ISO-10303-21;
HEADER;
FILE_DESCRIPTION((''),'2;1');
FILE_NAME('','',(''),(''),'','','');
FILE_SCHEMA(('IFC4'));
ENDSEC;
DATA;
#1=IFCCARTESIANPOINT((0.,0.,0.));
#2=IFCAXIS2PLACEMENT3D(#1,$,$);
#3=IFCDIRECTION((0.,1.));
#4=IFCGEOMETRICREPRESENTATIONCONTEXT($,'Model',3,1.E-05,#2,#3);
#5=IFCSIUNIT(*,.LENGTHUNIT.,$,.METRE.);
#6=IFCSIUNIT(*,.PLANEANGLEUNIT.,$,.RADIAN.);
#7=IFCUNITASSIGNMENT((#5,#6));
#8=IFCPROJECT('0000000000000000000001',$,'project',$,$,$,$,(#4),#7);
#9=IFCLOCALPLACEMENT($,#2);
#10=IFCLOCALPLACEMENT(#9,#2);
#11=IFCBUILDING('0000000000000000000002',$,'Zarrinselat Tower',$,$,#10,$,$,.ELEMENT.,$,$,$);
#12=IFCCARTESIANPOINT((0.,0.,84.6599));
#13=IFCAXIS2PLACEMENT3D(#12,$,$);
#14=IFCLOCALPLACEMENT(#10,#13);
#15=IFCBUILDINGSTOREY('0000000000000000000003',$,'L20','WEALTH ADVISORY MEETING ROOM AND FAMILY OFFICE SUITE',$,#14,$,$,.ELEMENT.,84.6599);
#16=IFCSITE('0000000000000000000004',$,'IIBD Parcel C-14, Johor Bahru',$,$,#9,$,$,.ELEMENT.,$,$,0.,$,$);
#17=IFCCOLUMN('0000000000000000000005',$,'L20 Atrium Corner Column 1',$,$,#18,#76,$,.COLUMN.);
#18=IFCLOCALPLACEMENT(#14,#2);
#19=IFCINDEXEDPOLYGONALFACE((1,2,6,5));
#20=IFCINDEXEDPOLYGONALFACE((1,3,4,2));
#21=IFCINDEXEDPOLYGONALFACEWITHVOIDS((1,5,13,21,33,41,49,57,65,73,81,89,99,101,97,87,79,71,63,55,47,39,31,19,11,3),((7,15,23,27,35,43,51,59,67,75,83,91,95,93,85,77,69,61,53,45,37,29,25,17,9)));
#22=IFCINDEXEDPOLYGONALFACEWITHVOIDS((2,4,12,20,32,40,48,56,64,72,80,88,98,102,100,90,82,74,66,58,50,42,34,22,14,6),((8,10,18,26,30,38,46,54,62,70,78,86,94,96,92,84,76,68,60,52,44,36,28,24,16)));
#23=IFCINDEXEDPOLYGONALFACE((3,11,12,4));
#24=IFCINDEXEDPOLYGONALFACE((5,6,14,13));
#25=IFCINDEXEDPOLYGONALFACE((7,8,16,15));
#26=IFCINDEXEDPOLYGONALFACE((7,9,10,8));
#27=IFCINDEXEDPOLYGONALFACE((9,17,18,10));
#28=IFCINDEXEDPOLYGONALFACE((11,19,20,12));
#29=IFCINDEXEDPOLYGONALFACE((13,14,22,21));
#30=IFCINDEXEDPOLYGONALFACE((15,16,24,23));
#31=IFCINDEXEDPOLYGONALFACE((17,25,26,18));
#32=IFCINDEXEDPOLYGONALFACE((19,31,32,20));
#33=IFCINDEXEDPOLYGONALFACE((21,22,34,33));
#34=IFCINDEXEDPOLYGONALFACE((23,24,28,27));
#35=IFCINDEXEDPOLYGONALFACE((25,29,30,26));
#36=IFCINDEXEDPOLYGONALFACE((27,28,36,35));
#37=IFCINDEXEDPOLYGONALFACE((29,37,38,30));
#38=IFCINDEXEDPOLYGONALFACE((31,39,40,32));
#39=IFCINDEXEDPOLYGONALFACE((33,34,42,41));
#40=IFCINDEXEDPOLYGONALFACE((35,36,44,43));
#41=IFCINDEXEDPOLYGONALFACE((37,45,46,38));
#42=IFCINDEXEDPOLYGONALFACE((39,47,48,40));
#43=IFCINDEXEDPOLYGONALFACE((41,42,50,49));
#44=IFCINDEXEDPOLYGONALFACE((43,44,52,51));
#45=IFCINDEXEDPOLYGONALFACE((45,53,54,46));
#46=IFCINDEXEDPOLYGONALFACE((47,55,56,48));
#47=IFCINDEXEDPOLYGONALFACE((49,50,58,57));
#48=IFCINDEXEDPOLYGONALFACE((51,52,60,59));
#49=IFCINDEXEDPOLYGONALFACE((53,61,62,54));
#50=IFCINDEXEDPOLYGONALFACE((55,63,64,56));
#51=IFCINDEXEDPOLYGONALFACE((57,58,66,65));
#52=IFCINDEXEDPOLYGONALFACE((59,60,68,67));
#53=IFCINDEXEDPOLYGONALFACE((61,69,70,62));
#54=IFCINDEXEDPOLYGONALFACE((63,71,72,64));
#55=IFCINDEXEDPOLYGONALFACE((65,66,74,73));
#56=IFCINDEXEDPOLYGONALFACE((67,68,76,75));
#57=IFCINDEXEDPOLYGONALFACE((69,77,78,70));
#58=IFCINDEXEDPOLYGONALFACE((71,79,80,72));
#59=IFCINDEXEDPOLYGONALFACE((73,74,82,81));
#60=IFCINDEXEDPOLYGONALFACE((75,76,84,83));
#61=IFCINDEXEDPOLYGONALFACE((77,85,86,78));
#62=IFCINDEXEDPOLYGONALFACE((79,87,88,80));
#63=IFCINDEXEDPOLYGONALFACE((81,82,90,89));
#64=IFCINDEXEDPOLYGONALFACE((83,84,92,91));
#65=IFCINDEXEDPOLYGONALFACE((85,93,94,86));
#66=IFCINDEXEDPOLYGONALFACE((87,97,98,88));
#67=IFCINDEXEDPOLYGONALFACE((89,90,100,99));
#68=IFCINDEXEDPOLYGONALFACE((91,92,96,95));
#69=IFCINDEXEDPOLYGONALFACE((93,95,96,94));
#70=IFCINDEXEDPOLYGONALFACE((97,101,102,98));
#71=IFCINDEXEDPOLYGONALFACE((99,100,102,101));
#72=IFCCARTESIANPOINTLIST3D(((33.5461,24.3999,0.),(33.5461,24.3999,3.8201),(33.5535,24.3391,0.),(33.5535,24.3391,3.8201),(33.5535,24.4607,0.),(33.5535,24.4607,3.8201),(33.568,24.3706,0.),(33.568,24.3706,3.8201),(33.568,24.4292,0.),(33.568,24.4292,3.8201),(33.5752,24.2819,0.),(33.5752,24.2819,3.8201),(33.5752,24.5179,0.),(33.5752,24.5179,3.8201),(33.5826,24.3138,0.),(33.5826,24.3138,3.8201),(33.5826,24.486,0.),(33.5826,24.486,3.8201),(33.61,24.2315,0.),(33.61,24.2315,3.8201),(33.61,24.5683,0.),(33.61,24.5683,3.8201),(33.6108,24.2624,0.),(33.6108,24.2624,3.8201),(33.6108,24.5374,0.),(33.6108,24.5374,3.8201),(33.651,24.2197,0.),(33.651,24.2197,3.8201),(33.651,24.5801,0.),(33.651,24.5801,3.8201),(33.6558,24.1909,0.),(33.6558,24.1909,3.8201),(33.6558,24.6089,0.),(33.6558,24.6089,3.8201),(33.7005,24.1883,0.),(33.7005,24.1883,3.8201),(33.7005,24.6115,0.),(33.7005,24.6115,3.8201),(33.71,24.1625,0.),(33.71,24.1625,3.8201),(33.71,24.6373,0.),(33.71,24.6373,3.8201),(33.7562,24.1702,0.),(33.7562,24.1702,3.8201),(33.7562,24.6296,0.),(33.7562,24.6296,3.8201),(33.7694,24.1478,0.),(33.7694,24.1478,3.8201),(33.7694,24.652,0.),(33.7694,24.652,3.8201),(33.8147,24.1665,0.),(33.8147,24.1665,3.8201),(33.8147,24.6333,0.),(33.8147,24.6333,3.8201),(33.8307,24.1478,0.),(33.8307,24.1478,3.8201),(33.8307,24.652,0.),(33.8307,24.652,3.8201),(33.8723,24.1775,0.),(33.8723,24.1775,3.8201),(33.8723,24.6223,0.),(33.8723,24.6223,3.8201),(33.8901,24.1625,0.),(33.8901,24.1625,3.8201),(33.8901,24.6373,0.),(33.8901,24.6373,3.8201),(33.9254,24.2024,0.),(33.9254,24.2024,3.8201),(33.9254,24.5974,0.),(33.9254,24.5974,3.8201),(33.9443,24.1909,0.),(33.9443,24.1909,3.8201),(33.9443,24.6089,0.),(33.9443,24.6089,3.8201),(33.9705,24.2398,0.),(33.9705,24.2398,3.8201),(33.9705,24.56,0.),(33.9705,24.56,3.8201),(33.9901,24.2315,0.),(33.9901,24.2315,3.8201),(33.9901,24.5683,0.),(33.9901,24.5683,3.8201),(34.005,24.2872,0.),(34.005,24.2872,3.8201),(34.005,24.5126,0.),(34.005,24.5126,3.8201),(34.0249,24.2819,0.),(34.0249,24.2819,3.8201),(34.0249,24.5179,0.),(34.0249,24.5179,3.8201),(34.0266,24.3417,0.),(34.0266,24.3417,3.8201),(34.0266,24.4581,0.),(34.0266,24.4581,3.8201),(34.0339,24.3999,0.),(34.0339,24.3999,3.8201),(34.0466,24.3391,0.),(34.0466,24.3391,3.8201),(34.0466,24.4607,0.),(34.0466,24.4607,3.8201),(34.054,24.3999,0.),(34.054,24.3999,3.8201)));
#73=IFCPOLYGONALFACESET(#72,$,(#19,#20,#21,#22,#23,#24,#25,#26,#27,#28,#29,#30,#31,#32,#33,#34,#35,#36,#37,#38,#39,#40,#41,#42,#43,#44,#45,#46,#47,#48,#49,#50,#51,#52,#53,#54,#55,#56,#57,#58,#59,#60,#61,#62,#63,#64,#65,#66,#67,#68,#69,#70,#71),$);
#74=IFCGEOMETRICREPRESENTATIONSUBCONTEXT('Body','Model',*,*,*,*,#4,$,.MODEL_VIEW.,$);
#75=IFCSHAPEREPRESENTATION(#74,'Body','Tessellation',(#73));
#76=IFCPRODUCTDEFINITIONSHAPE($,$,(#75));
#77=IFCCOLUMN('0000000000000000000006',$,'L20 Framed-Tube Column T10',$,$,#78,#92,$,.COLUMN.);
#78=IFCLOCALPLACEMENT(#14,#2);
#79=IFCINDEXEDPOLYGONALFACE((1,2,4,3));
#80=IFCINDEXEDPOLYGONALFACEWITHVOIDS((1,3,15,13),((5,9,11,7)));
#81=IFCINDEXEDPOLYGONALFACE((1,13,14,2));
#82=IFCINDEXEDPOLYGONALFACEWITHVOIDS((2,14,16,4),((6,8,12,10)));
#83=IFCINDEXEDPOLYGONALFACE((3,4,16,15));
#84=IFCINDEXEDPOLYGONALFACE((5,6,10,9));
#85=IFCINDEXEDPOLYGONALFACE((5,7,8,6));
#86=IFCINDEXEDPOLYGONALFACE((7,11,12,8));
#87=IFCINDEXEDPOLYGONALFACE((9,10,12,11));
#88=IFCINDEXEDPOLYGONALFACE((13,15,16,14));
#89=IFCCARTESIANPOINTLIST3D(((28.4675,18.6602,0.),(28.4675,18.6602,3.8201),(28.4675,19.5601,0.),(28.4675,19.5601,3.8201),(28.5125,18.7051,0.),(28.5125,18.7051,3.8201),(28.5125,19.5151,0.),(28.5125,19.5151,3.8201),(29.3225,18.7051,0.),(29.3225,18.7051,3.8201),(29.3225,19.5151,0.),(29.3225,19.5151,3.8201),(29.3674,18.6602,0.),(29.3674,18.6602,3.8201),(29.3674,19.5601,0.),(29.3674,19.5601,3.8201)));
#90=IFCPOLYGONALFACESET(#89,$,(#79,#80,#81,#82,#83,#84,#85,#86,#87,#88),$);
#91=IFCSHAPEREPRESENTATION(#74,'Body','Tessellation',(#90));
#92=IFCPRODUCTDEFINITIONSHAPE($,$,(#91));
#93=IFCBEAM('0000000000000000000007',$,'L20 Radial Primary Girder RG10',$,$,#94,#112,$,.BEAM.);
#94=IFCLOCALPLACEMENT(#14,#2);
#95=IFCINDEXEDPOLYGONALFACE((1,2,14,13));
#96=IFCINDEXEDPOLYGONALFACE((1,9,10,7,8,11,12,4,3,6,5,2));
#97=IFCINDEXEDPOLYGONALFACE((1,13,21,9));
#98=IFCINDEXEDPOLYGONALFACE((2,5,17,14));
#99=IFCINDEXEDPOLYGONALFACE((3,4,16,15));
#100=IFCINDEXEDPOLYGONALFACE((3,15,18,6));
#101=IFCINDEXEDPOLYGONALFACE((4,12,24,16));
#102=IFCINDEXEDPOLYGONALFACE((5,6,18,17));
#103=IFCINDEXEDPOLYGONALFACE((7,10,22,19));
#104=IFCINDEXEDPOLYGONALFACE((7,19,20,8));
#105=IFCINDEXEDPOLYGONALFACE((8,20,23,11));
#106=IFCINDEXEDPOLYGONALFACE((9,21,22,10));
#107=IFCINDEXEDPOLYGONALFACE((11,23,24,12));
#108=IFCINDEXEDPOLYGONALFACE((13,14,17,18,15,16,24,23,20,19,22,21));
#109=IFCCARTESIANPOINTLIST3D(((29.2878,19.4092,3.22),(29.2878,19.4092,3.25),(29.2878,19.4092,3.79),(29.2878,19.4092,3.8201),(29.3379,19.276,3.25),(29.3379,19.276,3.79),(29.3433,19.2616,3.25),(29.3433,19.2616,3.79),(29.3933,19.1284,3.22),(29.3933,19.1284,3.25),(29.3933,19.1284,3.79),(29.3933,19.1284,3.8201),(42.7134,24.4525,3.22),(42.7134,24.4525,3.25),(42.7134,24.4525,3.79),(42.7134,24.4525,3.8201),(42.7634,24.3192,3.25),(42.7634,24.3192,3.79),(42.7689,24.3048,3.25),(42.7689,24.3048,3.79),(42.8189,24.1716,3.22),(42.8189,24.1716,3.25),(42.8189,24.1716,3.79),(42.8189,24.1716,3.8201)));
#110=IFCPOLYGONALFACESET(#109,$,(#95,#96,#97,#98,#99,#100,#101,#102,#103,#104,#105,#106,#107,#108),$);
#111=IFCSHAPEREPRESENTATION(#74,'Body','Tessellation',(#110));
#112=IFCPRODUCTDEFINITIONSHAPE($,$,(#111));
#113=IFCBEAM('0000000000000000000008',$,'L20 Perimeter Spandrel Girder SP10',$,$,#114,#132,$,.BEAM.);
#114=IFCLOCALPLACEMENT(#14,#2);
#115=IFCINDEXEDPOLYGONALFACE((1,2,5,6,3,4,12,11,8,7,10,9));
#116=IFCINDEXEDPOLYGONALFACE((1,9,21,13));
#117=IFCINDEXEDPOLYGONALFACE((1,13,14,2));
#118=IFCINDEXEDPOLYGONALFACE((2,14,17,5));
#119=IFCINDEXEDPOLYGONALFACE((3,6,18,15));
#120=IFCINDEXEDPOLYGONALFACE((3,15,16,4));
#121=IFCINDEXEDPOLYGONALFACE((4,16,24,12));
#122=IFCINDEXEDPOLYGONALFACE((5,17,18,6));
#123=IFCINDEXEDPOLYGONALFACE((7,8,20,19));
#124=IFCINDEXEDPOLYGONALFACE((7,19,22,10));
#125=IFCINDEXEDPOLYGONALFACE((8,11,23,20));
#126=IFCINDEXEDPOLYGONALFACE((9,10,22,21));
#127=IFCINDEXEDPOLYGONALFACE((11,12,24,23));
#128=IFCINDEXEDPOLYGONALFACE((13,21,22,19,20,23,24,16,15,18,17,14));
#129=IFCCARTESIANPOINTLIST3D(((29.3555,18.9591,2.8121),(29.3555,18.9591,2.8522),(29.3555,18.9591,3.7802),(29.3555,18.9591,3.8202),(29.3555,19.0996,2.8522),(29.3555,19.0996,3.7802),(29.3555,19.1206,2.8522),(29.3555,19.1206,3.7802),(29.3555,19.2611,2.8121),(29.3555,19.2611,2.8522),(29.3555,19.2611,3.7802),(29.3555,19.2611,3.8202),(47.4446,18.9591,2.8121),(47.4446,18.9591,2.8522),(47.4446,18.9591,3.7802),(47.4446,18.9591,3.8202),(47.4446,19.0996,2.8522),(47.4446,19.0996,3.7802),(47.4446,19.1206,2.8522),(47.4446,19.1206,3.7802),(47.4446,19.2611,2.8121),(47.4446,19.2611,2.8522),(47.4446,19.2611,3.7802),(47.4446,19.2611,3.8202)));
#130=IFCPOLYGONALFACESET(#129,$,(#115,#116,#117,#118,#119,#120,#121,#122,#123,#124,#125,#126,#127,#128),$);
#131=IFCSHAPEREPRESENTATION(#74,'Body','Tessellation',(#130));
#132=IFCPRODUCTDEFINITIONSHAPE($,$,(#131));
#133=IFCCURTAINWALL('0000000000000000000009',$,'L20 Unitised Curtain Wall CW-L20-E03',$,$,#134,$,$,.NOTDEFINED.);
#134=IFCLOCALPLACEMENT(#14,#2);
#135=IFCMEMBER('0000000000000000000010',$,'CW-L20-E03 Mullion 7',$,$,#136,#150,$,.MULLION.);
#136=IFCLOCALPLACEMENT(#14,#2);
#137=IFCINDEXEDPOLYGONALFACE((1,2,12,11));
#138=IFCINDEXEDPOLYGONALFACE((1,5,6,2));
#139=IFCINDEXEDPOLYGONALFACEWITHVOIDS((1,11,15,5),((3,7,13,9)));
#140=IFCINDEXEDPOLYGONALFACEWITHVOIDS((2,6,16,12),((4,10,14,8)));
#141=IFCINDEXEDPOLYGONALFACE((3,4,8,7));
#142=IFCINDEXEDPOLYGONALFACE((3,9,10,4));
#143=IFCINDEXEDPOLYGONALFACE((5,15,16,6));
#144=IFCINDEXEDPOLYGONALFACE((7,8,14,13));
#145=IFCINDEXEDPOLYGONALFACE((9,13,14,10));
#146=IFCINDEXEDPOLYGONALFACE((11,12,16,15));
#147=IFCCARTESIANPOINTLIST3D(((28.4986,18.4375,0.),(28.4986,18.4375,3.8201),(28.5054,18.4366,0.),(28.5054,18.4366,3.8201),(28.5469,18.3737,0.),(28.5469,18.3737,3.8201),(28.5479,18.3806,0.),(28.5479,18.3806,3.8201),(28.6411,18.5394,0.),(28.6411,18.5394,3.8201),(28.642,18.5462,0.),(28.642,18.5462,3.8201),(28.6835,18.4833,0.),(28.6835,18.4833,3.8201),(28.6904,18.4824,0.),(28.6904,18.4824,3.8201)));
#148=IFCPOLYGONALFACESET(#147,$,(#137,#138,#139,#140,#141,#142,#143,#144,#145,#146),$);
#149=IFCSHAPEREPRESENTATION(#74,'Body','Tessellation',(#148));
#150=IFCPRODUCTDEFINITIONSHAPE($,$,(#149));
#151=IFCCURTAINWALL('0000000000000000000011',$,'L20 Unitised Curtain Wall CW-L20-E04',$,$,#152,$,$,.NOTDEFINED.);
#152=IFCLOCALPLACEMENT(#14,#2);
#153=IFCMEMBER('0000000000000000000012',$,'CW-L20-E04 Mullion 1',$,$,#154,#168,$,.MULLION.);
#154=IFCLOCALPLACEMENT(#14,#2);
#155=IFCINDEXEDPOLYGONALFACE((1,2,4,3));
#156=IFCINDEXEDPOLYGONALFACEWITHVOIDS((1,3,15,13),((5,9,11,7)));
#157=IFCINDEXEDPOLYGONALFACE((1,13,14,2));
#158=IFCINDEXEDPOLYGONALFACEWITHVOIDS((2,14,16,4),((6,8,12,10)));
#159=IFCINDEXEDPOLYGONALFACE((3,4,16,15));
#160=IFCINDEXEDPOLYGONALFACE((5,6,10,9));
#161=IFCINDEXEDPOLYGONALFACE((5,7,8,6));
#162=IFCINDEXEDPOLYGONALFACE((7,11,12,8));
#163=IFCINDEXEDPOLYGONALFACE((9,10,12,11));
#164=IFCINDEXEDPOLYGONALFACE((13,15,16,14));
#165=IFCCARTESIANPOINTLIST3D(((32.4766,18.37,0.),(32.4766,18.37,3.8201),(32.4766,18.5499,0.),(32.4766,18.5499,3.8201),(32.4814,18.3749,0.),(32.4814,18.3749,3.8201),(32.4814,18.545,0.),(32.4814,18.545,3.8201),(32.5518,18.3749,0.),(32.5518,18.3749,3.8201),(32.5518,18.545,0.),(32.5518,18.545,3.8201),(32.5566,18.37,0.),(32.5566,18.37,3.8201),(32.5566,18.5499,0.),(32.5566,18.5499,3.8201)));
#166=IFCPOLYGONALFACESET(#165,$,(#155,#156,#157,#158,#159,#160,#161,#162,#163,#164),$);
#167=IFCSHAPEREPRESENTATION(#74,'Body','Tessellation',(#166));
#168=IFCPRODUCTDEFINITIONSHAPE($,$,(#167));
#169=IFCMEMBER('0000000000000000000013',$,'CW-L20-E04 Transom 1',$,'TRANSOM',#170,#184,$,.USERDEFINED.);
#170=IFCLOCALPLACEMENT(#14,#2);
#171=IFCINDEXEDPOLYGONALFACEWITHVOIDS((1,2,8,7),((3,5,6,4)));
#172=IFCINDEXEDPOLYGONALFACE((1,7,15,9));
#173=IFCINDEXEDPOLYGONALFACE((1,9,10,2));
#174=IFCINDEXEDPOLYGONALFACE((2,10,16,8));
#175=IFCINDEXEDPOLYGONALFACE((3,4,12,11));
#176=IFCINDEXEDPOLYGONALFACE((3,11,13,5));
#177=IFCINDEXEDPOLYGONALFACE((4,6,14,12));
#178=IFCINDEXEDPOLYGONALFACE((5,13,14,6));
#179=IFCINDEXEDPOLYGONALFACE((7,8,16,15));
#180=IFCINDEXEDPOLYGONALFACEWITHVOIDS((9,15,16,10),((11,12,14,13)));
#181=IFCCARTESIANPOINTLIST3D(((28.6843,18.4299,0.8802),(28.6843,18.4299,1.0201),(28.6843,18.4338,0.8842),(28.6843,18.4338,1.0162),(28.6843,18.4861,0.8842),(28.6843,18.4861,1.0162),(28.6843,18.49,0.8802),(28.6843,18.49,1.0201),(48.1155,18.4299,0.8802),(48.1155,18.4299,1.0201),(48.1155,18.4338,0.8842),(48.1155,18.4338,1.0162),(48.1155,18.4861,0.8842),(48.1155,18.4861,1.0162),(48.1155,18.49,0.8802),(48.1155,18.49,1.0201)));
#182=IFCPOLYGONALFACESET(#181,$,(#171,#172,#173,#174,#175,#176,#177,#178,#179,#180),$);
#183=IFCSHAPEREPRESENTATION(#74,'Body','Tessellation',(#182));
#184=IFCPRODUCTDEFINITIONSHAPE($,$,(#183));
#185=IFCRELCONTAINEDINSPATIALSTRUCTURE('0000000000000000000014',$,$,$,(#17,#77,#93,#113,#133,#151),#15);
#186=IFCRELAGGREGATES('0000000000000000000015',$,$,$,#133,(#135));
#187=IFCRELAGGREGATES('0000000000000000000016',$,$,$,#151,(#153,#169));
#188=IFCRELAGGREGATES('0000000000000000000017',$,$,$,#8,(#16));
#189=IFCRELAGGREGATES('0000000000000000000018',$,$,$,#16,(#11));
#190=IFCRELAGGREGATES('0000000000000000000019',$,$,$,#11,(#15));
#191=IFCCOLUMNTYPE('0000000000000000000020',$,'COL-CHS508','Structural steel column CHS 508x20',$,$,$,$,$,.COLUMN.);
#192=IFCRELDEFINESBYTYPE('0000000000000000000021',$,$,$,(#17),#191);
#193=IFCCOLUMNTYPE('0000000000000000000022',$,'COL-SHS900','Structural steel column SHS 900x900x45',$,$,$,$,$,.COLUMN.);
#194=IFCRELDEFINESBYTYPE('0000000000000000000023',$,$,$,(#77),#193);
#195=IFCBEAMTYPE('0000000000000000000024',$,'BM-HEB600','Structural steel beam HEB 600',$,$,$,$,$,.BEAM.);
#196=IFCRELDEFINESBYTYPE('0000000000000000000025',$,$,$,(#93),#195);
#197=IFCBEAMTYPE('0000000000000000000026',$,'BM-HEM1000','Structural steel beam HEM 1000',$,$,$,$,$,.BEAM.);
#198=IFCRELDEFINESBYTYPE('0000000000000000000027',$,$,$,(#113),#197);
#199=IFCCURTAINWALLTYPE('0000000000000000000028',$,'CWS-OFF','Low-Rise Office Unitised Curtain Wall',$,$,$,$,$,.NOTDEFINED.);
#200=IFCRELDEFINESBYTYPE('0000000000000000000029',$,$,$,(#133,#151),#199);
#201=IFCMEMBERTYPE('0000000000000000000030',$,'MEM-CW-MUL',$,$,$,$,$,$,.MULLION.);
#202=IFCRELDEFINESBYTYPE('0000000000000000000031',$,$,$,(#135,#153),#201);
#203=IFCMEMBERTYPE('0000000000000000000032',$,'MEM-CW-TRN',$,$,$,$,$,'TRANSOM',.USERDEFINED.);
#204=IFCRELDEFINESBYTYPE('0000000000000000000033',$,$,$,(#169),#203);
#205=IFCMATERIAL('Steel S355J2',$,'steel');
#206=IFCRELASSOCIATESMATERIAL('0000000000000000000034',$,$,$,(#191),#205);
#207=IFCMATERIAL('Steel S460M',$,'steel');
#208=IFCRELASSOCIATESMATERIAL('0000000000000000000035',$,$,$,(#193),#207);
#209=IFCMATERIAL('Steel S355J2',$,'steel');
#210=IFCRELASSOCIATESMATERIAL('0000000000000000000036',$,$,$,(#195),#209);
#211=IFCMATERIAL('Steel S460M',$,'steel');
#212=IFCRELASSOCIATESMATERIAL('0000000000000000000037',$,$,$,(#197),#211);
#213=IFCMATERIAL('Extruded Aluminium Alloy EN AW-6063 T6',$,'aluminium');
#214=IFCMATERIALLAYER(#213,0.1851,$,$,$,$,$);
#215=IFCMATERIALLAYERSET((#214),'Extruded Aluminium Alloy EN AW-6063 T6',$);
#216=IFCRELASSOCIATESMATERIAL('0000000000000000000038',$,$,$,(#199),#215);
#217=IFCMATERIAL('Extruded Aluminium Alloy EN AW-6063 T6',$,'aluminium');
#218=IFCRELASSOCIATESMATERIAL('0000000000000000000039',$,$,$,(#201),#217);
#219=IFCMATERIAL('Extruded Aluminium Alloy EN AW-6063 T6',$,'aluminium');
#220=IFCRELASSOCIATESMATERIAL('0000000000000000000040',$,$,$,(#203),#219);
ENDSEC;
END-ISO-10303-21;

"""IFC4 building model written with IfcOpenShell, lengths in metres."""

from ifc_helpers import new_model, si_unit, direction, frame, origin, origin_2d, place, context, subcontext, project, spatial, hollow_rectangle, hollow_circle, i_section, extrude, material, layer, layer_set, material_profile, profile_set, type_object, element, aggregate, save


model = new_model("IFC4")

# Units and contexts
model_context = context("Model", 3, precision=1e-05, world=origin(), true_north=direction((0.0, 1.0)))
body_context = subcontext(model_context, "Body", "Model", "MODEL_VIEW")
ifc_project = project(units=[si_unit("LENGTHUNIT", "METRE"), si_unit("PLANEANGLEUNIT", "RADIAN")], contexts=[model_context])

# Site, building, storey
site_placement = place(None, origin())
site = spatial("IfcSite", under=ifc_project, at=site_placement, Name="IIBD Parcel C-14, Johor Bahru", CompositionType="ELEMENT", RefElevation=0.0)
building_placement = place(site_placement, origin())
building = spatial("IfcBuilding", under=site, at=building_placement, Name="Zarrinselat Tower", CompositionType="ELEMENT")
storey_placement = place(building_placement, frame((0.0, 0.0, 84.6599)))
storey = spatial("IfcBuildingStorey", under=building, at=storey_placement, Name="L20", Description="WEALTH ADVISORY MEETING ROOM AND FAMILY OFFICE SUITE", CompositionType="ELEMENT", Elevation=84.6599)

# Columns
ifc_material_1 = material(Name="Steel S355J2", Category="steel")
ifc_material_profile_1 = material_profile(ifc_material_1, hollow_circle(Radius=0.2539, WallThickness=0.02, at=origin_2d()), Name="CHS 508x20")
ifc_profile_set_1 = profile_set([ifc_material_profile_1], Name="Steel S355J2")
column_type_1 = type_object("IfcColumnType", Name="COL-CHS508", Description="Structural steel column CHS 508x20", PredefinedType="COLUMN", material=ifc_profile_set_1)
column_1_placement = place(storey_placement, frame((33.8, 24.3999, 0.0), z_axis=(0.0, 0.0, 1.0), x_axis=(1.0, 0.0, 0.0)))
element("IfcColumn", 1, at=column_1_placement, inside=storey, type_object=column_type_1, Name="L20 Atrium Corner Column 1", PredefinedType="COLUMN", context=body_context, shape_type="SweptSolid", body=[
    extrude(hollow_circle(Radius=0.2539, WallThickness=0.02, at=origin_2d()), origin(), (0.0, 0.0, 1.0), 3.8201),
])
ifc_material_2 = material(Name="Steel S460M", Category="steel")
ifc_material_profile_2 = material_profile(ifc_material_2, hollow_rectangle(XDim=0.8999, YDim=0.8999, WallThickness=0.0449, at=origin_2d()), Name="SHS 900x900x45")
ifc_profile_set_2 = profile_set([ifc_material_profile_2], Name="Steel S460M")
column_type_2 = type_object("IfcColumnType", Name="COL-SHS900", Description="Structural steel column SHS 900x900x45", PredefinedType="COLUMN", material=ifc_profile_set_2)
column_2_placement = place(storey_placement, frame((28.9175, 19.1101, 0.0), z_axis=(0.0, 0.0, 1.0), x_axis=(1.0, 0.0, 0.0)))
element("IfcColumn", 2, at=column_2_placement, inside=storey, type_object=column_type_2, Name="L20 Framed-Tube Column T10", PredefinedType="COLUMN", context=body_context, shape_type="SweptSolid", body=[
    extrude(hollow_rectangle(XDim=0.8999, YDim=0.8999, WallThickness=0.0449, at=origin_2d()), origin(), (0.0, 0.0, 1.0), 3.8201),
])

# Beams
ifc_material_3 = material(Name="Steel S355J2", Category="steel")
ifc_material_profile_3 = material_profile(ifc_material_3, i_section(OverallWidth=0.3, OverallDepth=0.6001, WebThickness=0.0154, FlangeThickness=0.03, at=origin_2d()), Name="HEB 600")
ifc_profile_set_3 = profile_set([ifc_material_profile_3], Name="Steel S355J2")
beam_type_1 = type_object("IfcBeamType", Name="BM-HEB600", Description="Structural steel beam HEB 600", PredefinedType="BEAM", material=ifc_profile_set_3)
beam_1_placement = place(storey_placement, frame((29.3406, 19.2688, 3.52), z_axis=(0.936131, 0.351651, 0.0), x_axis=(-0.351651, 0.936131, 0.0)))
element("IfcBeam", 3, at=beam_1_placement, inside=storey, type_object=beam_type_1, Name="L20 Radial Primary Girder RG10", PredefinedType="BEAM", context=body_context, shape_type="SweptSolid", body=[
    extrude(i_section(OverallWidth=0.3, OverallDepth=0.6001, WebThickness=0.0154, FlangeThickness=0.03, at=origin_2d()), origin(), (0.0, 0.0, 1.0), 14.3416),
])
ifc_material_4 = material(Name="Steel S460M", Category="steel")
ifc_material_profile_4 = material_profile(ifc_material_4, i_section(OverallWidth=0.302, OverallDepth=1.0081, WebThickness=0.021, FlangeThickness=0.04, at=origin_2d()), Name="HEM 1000")
ifc_profile_set_4 = profile_set([ifc_material_profile_4], Name="Steel S460M")
beam_type_2 = type_object("IfcBeamType", Name="BM-HEM1000", Description="Structural steel beam HEM 1000", PredefinedType="BEAM", material=ifc_profile_set_4)
beam_2_placement = place(storey_placement, frame((29.3555, 19.1101, 3.3162), z_axis=(1.0, 0.0, 0.0), x_axis=(0.0, 1.0, 0.0)))
element("IfcBeam", 4, at=beam_2_placement, inside=storey, type_object=beam_type_2, Name="L20 Perimeter Spandrel Girder SP10", PredefinedType="BEAM", context=body_context, shape_type="SweptSolid", body=[
    extrude(i_section(OverallWidth=0.302, OverallDepth=1.0081, WebThickness=0.021, FlangeThickness=0.04, at=origin_2d()), origin(), (0.0, 0.0, 1.0), 18.0891),
])

# Curtain wall, member
ifc_material_5 = material(Name="Extruded Aluminium Alloy EN AW-6063 T6", Category="aluminium")
ifc_layer_1 = layer(ifc_material_5, 0.1851)
ifc_layer_set_1 = layer_set([ifc_layer_1], Name="Extruded Aluminium Alloy EN AW-6063 T6")
curtain_wall_type = type_object("IfcCurtainWallType", Name="CWS-OFF", Description="Low-Rise Office Unitised Curtain Wall", PredefinedType="NOTDEFINED", material=ifc_layer_set_1)
curtain_wall_1_placement = place(storey_placement, origin())
curtain_wall_1 = element("IfcCurtainWall", 5, at=curtain_wall_1_placement, inside=storey, type_object=curtain_wall_type, Name="L20 Unitised Curtain Wall CW-L20-E03", PredefinedType="NOTDEFINED")
ifc_material_6 = material(Name="Extruded Aluminium Alloy EN AW-6063 T6", Category="aluminium")
ifc_material_profile_5 = material_profile(ifc_material_6, hollow_rectangle(XDim=0.0801, YDim=0.1799, WallThickness=0.0049, at=origin_2d()), Name="RHS 180x80x5")
ifc_profile_set_5 = profile_set([ifc_material_profile_5], Name="Extruded Aluminium Alloy EN AW-6063 T6")
member_type_1 = type_object("IfcMemberType", Name="MEM-CW-MUL", PredefinedType="MULLION", material=ifc_profile_set_5)
member_1_placement = place(storey_placement, frame((28.5945, 18.46, 0.0), z_axis=(0.0, 0.0, 1.0), x_axis=(0.603856, -0.797093, 0.0)))
member_1 = element("IfcMember", 6, at=member_1_placement, type_object=member_type_1, Name="CW-L20-E03 Mullion 7", PredefinedType="MULLION", context=body_context, shape_type="SweptSolid", body=[
    extrude(hollow_rectangle(XDim=0.0801, YDim=0.1799, WallThickness=0.0049, at=origin_2d()), origin(), (0.0, 0.0, 1.0), 3.8201),
])

# Curtain wall, members
curtain_wall_2_placement = place(storey_placement, origin())
curtain_wall_2 = element("IfcCurtainWall", 7, at=curtain_wall_2_placement, inside=storey, type_object=curtain_wall_type, Name="L20 Unitised Curtain Wall CW-L20-E04", PredefinedType="NOTDEFINED")
member_2_placement = place(storey_placement, frame((32.5166, 18.46, 0.0), z_axis=(0.0, 0.0, 1.0), x_axis=(1.0, 0.0, 0.0)))
member_2 = element("IfcMember", 8, at=member_2_placement, type_object=member_type_1, Name="CW-L20-E04 Mullion 1", PredefinedType="MULLION", context=body_context, shape_type="SweptSolid", body=[
    extrude(hollow_rectangle(XDim=0.0801, YDim=0.1799, WallThickness=0.0049, at=origin_2d()), origin(), (0.0, 0.0, 1.0), 3.8201),
])
ifc_material_7 = material(Name="Extruded Aluminium Alloy EN AW-6063 T6", Category="aluminium")
ifc_material_profile_6 = material_profile(ifc_material_7, hollow_rectangle(XDim=0.0601, YDim=0.1399, WallThickness=0.0039, at=origin_2d()), Name="RHS 140x60x4")
ifc_profile_set_6 = profile_set([ifc_material_profile_6], Name="Extruded Aluminium Alloy EN AW-6063 T6")
member_type_2 = type_object("IfcMemberType", Name="MEM-CW-TRN", ElementType="TRANSOM", PredefinedType="USERDEFINED", material=ifc_profile_set_6)
member_3_placement = place(storey_placement, frame((28.6843, 18.46, 0.9502), z_axis=(1.0, 0.0, 0.0), x_axis=(0.0, 1.0, 0.0)))
member_3 = element("IfcMember", 9, at=member_3_placement, type_object=member_type_2, Name="CW-L20-E04 Transom 1", ObjectType="TRANSOM", PredefinedType="USERDEFINED", context=body_context, shape_type="SweptSolid", body=[
    extrude(hollow_rectangle(XDim=0.0601, YDim=0.1399, WallThickness=0.0039, at=origin_2d()), origin(), (0.0, 0.0, 1.0), 19.4312),
])

aggregate(curtain_wall_1, [member_1])
aggregate(curtain_wall_2, [member_2, member_3])

save(model, "model.ifc")
